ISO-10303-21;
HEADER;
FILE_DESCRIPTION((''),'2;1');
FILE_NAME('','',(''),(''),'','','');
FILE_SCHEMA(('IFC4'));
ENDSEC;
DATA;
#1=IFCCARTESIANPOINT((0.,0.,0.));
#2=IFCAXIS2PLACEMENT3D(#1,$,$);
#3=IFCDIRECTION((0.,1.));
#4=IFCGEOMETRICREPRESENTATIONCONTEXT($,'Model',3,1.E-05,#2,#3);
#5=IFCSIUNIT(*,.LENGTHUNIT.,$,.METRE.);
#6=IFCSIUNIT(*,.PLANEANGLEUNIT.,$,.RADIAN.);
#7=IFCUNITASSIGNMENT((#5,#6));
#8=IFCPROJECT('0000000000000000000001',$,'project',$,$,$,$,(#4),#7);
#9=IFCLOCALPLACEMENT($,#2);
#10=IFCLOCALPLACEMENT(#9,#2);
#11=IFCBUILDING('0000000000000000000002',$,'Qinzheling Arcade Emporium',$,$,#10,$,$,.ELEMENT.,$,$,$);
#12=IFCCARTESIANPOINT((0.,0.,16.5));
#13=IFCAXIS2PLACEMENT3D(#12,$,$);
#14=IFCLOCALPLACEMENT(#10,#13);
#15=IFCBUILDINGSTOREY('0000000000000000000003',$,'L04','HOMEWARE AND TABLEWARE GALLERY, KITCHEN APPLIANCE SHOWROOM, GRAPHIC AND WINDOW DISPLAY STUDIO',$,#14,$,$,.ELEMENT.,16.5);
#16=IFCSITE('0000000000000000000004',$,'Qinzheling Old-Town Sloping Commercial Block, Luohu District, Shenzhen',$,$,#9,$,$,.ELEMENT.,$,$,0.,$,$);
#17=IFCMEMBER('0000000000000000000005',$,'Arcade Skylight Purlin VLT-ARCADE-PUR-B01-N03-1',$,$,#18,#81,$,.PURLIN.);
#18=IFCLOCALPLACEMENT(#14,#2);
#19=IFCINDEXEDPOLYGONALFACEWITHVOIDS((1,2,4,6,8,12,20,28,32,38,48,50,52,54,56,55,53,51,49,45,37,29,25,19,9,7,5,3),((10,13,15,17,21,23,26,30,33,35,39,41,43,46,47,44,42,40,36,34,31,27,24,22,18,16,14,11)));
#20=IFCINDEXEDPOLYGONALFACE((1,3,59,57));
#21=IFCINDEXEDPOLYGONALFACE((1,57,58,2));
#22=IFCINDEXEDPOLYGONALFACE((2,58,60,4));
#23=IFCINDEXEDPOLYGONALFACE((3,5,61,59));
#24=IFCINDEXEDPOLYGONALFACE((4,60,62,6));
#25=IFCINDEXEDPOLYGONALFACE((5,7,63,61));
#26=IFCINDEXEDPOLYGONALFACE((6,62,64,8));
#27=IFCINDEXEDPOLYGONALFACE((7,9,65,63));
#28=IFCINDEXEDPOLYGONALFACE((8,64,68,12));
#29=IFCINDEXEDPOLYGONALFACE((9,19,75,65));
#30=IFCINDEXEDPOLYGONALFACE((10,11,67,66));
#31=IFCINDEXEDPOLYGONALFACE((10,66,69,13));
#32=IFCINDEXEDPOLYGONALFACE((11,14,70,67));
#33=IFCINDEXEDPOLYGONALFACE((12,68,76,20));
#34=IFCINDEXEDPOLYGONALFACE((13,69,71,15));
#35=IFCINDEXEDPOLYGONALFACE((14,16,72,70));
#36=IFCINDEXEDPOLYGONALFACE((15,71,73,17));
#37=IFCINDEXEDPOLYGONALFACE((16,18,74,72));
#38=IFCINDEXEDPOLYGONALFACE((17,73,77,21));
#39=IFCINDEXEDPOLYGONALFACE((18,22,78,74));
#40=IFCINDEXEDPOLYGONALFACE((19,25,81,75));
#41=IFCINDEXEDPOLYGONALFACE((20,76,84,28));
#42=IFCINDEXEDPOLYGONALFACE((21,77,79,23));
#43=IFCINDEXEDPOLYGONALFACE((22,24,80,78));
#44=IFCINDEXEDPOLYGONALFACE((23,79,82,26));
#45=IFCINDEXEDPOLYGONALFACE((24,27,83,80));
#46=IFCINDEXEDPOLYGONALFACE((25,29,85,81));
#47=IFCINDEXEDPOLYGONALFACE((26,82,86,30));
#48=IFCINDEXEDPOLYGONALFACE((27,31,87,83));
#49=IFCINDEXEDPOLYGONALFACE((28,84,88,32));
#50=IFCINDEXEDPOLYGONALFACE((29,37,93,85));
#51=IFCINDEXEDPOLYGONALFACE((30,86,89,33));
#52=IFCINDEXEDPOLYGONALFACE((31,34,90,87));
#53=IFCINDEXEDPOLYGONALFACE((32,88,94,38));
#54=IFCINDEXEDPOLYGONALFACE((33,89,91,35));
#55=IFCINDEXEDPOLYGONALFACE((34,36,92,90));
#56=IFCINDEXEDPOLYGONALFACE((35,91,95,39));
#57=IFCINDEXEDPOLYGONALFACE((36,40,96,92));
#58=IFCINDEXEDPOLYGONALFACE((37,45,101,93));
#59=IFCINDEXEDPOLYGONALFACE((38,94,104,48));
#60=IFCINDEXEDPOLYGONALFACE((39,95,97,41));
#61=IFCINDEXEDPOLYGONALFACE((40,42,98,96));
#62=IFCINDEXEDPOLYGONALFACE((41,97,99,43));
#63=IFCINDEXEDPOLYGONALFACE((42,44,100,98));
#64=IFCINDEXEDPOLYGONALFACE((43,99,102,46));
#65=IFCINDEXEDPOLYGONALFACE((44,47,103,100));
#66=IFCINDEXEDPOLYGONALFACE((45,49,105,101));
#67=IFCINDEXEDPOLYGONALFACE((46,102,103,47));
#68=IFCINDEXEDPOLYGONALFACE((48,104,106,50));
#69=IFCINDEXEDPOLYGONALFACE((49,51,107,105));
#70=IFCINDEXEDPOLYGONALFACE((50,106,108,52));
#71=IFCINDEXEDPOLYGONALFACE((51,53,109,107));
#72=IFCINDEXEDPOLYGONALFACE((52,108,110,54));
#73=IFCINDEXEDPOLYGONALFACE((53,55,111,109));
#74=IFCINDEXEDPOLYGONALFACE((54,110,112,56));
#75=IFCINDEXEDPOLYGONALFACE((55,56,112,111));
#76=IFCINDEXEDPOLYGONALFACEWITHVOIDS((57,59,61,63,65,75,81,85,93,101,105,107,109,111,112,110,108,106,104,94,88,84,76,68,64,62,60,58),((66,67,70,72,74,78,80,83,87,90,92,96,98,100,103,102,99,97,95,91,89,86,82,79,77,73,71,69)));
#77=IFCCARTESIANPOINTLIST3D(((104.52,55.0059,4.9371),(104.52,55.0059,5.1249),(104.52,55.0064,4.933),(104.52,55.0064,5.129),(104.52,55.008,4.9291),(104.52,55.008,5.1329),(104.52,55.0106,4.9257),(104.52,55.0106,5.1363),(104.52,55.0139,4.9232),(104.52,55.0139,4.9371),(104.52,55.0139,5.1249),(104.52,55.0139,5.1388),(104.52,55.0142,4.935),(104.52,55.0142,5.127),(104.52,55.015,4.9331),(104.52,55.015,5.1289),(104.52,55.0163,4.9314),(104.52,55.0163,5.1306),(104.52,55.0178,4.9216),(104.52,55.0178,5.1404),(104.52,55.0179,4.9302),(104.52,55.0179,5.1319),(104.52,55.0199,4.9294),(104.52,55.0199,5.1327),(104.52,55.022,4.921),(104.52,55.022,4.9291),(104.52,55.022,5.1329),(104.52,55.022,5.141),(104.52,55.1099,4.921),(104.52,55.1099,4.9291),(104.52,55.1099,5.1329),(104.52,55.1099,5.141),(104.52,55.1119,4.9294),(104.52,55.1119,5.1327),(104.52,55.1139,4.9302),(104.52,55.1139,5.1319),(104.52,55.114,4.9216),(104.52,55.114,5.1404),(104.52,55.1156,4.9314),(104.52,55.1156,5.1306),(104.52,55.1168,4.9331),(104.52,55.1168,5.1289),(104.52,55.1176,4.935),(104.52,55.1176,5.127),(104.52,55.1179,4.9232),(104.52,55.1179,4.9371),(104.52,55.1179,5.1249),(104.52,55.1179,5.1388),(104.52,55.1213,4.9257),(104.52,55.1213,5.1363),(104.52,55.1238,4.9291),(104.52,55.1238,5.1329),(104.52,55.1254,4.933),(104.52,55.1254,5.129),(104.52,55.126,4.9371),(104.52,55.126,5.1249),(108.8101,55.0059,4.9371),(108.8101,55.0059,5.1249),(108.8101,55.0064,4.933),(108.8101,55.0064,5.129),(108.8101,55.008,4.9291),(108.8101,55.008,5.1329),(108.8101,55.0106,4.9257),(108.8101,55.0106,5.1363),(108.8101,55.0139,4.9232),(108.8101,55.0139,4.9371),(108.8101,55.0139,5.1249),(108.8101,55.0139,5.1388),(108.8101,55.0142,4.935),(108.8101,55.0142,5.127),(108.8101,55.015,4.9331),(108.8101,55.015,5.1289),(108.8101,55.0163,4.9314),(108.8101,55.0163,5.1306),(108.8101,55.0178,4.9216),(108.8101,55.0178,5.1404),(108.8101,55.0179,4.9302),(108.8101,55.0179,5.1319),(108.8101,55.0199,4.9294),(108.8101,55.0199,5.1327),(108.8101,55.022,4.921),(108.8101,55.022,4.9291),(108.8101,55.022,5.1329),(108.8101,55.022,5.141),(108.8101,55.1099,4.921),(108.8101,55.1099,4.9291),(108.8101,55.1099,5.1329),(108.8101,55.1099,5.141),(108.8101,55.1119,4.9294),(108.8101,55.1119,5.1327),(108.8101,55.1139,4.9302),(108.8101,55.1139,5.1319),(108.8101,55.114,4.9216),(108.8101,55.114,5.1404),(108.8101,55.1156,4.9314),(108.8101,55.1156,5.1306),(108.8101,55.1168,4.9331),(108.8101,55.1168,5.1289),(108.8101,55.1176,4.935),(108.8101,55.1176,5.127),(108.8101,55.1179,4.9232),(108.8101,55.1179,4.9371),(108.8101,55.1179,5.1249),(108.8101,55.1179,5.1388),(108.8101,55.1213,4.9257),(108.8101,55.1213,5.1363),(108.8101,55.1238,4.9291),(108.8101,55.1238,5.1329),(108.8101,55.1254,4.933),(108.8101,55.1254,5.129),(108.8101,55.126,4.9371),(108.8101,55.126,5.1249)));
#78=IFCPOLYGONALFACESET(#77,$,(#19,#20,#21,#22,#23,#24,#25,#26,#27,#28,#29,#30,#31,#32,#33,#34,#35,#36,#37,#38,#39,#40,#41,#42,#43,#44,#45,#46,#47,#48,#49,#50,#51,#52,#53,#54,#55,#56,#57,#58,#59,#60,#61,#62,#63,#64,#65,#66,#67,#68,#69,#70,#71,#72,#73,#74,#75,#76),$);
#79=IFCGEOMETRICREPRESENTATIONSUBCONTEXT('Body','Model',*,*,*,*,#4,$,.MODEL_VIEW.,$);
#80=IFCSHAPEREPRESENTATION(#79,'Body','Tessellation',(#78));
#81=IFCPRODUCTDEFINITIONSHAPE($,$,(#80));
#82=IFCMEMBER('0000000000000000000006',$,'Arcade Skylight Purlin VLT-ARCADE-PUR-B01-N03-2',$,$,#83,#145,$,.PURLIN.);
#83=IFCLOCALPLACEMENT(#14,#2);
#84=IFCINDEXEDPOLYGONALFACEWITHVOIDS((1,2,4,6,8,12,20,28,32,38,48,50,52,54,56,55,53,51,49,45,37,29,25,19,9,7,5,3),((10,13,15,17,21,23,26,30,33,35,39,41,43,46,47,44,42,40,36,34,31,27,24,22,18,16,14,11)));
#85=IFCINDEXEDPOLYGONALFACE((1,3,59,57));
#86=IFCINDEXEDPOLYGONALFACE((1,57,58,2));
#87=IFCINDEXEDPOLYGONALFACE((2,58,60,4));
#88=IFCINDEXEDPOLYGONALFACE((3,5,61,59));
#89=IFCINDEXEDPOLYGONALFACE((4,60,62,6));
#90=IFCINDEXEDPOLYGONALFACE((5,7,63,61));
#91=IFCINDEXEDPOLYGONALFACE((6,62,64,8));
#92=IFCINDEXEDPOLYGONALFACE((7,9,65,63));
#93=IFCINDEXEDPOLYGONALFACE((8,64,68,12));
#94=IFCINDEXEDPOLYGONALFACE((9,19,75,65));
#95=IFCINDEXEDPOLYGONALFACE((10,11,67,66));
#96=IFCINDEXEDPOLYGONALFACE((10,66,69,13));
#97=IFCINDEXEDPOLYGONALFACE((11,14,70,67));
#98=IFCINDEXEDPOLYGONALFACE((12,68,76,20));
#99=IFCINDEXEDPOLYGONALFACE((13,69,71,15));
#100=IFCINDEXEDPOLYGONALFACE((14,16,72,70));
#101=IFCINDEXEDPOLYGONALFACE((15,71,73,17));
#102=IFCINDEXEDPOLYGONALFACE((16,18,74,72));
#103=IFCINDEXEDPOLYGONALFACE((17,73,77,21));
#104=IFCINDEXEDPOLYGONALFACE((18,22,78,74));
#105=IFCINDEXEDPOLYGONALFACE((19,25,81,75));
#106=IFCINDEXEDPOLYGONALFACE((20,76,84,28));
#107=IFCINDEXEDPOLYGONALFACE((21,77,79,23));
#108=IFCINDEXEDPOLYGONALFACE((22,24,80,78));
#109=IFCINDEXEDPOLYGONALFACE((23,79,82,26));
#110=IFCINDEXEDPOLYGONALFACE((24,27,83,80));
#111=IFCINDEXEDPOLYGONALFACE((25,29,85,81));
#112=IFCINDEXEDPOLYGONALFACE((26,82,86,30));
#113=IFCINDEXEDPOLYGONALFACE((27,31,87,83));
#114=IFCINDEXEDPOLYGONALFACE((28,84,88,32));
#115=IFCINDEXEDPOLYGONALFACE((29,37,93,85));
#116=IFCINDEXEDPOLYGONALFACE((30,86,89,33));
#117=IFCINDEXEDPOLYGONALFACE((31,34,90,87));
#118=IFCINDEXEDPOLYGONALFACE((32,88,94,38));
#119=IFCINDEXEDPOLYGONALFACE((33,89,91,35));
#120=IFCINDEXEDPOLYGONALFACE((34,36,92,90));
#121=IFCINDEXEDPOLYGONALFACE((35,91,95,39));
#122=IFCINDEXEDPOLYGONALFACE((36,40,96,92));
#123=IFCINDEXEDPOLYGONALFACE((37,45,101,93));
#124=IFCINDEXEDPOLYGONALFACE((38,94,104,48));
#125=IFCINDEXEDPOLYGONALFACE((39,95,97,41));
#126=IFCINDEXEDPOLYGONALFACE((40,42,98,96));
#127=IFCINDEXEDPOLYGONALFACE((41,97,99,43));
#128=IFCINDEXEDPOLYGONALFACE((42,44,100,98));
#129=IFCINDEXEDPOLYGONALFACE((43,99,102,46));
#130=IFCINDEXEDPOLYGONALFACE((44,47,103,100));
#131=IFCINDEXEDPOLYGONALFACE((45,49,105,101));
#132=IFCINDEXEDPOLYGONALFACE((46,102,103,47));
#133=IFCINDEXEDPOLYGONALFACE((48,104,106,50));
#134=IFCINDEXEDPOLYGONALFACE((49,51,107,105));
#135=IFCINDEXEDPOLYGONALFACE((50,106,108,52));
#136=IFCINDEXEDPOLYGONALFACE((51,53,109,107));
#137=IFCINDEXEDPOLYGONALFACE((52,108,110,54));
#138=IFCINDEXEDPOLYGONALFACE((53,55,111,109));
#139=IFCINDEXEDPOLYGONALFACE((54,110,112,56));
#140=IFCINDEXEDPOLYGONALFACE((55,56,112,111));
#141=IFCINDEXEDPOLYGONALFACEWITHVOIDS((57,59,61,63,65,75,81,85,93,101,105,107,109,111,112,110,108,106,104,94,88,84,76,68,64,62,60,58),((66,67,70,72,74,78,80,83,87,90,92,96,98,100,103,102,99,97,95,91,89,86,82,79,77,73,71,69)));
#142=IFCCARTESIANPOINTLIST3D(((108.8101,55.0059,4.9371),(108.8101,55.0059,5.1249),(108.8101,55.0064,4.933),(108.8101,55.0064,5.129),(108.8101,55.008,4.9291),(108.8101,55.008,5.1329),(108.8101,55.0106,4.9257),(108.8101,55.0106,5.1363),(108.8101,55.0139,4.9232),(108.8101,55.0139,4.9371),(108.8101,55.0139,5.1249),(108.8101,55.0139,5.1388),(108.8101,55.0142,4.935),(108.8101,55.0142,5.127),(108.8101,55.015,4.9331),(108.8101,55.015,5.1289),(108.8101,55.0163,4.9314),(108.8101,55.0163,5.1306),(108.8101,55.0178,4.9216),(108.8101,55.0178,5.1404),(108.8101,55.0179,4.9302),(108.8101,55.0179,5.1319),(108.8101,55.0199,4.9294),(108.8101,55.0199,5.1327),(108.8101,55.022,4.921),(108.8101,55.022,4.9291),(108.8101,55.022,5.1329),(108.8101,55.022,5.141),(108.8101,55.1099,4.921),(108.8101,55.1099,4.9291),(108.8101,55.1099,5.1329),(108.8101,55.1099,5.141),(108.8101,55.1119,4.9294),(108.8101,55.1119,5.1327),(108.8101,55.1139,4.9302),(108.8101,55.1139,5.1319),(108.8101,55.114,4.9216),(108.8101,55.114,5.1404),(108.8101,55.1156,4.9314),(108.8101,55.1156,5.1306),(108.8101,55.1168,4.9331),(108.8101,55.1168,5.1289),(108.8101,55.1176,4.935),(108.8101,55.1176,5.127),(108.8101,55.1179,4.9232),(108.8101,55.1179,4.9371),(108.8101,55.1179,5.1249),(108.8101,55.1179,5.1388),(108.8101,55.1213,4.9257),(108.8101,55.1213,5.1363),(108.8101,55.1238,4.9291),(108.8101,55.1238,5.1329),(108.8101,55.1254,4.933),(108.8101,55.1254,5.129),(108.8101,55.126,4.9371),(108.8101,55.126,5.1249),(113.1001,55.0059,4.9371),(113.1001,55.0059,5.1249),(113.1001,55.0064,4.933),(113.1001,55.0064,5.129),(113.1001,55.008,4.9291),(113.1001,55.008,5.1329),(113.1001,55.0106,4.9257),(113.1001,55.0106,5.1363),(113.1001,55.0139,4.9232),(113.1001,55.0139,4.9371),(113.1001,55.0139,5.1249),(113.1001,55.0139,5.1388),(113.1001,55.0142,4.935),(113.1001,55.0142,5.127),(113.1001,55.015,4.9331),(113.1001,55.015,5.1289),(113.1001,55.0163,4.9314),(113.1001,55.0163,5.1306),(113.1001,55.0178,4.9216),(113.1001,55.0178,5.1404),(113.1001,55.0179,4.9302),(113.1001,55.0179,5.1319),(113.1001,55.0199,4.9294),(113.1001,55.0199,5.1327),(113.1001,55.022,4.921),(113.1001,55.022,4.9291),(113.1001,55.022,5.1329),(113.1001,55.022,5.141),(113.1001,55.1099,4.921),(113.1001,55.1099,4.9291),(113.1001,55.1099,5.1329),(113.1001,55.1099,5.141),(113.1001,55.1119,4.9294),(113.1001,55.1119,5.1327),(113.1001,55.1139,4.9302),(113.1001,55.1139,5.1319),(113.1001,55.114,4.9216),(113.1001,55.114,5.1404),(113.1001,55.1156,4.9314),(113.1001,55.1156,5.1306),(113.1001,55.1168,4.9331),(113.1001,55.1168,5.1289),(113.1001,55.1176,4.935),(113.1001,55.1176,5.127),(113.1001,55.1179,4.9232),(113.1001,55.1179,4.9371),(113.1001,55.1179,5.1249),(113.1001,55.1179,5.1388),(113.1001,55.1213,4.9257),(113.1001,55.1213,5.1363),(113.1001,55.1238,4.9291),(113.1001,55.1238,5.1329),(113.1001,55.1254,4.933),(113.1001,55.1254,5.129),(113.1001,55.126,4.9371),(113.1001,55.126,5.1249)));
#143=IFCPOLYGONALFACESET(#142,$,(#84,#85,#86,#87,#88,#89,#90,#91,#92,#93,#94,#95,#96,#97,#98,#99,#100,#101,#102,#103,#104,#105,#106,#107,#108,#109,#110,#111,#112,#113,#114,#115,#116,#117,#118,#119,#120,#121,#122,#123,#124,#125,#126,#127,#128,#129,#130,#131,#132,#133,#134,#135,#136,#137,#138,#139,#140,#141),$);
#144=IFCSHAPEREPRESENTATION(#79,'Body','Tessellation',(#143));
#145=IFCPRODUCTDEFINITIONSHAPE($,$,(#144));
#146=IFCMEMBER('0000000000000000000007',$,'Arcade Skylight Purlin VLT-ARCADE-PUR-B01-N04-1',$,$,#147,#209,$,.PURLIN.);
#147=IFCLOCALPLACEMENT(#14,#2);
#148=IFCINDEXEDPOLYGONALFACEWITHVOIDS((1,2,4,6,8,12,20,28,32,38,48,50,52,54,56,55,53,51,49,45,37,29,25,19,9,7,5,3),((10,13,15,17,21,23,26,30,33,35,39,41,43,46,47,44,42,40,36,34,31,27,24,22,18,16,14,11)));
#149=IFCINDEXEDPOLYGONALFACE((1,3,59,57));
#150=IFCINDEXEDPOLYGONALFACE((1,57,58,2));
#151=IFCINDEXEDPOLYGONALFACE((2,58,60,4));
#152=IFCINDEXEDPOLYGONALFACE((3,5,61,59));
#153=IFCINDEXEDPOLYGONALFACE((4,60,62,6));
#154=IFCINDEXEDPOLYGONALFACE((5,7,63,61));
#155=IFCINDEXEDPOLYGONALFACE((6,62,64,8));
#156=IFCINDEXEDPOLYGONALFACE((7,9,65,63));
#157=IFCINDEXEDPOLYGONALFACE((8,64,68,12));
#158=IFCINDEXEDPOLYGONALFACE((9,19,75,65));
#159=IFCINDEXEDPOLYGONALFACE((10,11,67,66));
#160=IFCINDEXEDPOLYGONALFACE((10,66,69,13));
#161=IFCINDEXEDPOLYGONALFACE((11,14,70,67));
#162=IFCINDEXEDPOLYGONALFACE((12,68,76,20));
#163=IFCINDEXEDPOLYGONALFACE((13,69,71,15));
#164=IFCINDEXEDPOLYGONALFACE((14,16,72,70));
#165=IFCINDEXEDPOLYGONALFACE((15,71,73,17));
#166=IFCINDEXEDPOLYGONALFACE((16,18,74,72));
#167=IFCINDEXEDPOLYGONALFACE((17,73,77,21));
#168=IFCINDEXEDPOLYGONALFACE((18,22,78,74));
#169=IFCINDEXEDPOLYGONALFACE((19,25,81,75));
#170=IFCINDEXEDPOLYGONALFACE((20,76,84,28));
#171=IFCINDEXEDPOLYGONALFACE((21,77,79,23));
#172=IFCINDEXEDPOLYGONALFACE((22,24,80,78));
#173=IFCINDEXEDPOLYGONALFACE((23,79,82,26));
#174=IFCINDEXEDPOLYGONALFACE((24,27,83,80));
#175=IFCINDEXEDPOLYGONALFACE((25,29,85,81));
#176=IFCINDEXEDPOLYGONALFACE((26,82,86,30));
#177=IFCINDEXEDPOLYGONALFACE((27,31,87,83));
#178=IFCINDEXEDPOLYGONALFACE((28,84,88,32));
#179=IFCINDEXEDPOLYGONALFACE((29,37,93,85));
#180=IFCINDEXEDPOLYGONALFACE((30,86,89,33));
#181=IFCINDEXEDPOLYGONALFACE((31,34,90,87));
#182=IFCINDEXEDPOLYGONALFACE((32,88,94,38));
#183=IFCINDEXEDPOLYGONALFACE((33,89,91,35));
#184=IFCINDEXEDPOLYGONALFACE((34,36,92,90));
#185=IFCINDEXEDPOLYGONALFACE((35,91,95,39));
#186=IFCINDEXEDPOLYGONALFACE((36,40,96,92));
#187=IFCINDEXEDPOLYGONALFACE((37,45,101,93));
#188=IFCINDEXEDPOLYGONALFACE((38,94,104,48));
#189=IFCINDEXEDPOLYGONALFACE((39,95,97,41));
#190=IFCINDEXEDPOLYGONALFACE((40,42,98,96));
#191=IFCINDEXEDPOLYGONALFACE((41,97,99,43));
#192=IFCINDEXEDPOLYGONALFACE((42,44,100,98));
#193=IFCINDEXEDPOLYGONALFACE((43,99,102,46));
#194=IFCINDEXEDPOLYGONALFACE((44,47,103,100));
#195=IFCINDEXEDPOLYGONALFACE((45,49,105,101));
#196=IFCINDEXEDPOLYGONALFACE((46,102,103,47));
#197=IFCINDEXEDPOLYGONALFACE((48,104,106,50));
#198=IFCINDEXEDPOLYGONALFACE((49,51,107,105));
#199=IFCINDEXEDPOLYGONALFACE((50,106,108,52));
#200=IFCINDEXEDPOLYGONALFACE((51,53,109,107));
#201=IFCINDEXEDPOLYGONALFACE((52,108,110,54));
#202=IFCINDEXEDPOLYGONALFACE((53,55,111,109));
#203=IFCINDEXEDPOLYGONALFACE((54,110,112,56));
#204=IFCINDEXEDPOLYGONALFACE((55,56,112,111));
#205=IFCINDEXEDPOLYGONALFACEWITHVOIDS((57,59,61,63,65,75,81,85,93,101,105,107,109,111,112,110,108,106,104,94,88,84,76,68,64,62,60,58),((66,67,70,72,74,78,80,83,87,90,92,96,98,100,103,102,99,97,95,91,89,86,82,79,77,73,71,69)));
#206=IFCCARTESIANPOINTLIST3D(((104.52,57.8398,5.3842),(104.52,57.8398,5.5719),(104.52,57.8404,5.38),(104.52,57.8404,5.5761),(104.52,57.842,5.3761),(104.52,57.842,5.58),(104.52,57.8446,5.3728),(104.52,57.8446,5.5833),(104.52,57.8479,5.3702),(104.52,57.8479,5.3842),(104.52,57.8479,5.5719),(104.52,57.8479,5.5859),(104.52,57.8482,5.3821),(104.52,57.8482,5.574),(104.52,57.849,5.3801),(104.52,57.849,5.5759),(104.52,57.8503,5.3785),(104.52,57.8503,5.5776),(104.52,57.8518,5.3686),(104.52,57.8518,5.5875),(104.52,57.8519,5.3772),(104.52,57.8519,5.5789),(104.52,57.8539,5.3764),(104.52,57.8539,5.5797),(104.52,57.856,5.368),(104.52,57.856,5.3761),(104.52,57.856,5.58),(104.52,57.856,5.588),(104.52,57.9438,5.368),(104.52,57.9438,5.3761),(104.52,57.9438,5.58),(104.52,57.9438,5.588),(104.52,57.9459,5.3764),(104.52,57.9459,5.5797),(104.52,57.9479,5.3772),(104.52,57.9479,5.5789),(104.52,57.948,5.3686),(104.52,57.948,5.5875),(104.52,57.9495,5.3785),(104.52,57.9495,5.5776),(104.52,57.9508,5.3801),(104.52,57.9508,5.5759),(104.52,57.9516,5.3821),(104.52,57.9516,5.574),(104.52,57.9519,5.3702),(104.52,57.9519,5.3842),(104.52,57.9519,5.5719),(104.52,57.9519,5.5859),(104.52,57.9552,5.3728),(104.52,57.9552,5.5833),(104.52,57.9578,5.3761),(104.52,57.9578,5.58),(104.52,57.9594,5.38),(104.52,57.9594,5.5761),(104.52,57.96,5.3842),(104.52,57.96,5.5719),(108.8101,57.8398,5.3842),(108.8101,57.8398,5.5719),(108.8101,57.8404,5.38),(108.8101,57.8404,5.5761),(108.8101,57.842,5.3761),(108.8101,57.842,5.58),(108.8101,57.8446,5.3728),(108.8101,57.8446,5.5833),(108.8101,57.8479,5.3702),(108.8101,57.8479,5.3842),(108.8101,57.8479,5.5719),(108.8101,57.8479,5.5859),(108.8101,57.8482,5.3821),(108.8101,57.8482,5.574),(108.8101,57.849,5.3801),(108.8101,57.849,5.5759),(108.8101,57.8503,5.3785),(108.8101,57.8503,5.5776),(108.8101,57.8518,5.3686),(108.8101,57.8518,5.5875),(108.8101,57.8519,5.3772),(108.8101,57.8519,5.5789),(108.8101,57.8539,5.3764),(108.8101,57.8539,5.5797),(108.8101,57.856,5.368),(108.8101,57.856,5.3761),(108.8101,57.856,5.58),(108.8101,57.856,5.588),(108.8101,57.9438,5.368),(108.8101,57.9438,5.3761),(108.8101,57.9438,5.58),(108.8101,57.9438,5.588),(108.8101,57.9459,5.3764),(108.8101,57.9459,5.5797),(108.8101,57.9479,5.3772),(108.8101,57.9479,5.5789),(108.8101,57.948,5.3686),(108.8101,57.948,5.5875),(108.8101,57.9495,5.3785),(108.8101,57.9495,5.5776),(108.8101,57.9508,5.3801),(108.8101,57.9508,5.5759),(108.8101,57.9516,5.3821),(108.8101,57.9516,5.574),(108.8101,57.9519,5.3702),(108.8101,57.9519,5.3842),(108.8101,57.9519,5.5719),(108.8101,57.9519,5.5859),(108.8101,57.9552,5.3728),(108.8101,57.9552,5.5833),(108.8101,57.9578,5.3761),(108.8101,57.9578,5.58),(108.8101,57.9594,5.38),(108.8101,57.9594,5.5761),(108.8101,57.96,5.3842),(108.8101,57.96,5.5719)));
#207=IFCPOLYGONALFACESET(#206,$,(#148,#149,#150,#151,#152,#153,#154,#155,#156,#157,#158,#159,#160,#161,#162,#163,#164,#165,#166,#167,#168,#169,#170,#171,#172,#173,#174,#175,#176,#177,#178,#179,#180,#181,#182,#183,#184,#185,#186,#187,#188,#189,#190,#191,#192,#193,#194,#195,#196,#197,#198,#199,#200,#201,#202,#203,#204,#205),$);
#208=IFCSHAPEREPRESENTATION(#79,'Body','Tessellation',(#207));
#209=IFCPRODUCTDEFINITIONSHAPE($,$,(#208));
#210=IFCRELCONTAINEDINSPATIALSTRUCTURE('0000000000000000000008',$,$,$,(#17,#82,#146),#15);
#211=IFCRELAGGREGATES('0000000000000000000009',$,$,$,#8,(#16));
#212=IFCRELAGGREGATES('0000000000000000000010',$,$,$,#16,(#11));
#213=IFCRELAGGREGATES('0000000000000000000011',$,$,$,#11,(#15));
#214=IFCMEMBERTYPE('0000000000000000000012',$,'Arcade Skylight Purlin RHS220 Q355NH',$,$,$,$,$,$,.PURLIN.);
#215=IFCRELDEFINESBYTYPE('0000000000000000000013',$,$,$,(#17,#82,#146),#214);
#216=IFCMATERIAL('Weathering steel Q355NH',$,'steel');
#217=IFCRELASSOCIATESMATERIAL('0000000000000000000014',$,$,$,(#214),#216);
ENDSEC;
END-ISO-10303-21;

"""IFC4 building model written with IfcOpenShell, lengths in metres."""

from ifc_helpers import new_model, si_unit, direction, frame, origin, origin_2d, place, context, subcontext, project, spatial, hollow_rectangle, extrude, material, material_profile, profile_set, type_object, element, save


model = new_model("IFC4")

# Units and contexts
model_context = context("Model", 3, precision=1e-05, world=origin(), true_north=direction((0.0, 1.0)))
body_context = subcontext(model_context, "Body", "Model", "MODEL_VIEW")
ifc_project = project(units=[si_unit("LENGTHUNIT", "METRE"), si_unit("PLANEANGLEUNIT", "RADIAN")], contexts=[model_context])

# Site, building, storey
site_placement = place(None, origin())
site = spatial("IfcSite", under=ifc_project, at=site_placement, Name="Qinzheling Old-Town Sloping Commercial Block, Luohu District, Shenzhen", CompositionType="ELEMENT", RefElevation=0.0)
building_placement = place(site_placement, origin())
building = spatial("IfcBuilding", under=site, at=building_placement, Name="Qinzheling Arcade Emporium", CompositionType="ELEMENT")
storey_placement = place(building_placement, frame((0.0, 0.0, 16.5)))
storey = spatial("IfcBuildingStorey", under=building, at=storey_placement, Name="L04", Description="HOMEWARE AND TABLEWARE GALLERY, KITCHEN APPLIANCE SHOWROOM, GRAPHIC AND WINDOW DISPLAY STUDIO", CompositionType="ELEMENT", Elevation=16.5)

# Shared definitions
ifc_material_1 = material(Name="Weathering steel Q355NH", Category="steel")

# Members
ifc_material_profile_1 = material_profile(ifc_material_1, hollow_rectangle(XDim=0.1201, YDim=0.22, WallThickness=0.0081, InnerFilletRadius=0.0081, OuterFilletRadius=0.0161, at=origin_2d()), Name="RHS 220x120x8", Category="steel")
ifc_profile_set_1 = profile_set([ifc_material_profile_1], Name="Weathering steel Q355NH")
member_type_1 = type_object("IfcMemberType", Name="Arcade Skylight Purlin RHS220 Q355NH", PredefinedType="PURLIN", material=ifc_profile_set_1)
for number, where, z_axis, x_axis, name in (
    (1, (104.52, 55.0659, 5.031), (1.0, 0.0, 0.0), (0.0, 1.0, 0.0), "Arcade Skylight Purlin VLT-ARCADE-PUR-B01-N03-1"),
    (2, (108.8101, 55.0659, 5.031), (1.0, 0.0, 0.0), (0.0, 1.0, 0.0), "Arcade Skylight Purlin VLT-ARCADE-PUR-B01-N03-2"),
    (3, (104.52, 57.8999, 5.478), (1.0, 0.0, 0.0), (0.0, 1.0, 0.0), "Arcade Skylight Purlin VLT-ARCADE-PUR-B01-N04-1"),
):
    element("IfcMember", number, at=place(storey_placement, frame(where, z_axis=z_axis, x_axis=x_axis)), inside=storey, type_object=member_type_1, Name=name, PredefinedType="PURLIN", context=body_context, shape_type="SweptSolid", body=[
        extrude(hollow_rectangle(XDim=0.1201, YDim=0.22, WallThickness=0.0081, InnerFilletRadius=0.0081, OuterFilletRadius=0.0161, at=origin_2d()), origin(), (0.0, 0.0, 1.0), 4.29),
    ])

save(model, "model.ifc")
